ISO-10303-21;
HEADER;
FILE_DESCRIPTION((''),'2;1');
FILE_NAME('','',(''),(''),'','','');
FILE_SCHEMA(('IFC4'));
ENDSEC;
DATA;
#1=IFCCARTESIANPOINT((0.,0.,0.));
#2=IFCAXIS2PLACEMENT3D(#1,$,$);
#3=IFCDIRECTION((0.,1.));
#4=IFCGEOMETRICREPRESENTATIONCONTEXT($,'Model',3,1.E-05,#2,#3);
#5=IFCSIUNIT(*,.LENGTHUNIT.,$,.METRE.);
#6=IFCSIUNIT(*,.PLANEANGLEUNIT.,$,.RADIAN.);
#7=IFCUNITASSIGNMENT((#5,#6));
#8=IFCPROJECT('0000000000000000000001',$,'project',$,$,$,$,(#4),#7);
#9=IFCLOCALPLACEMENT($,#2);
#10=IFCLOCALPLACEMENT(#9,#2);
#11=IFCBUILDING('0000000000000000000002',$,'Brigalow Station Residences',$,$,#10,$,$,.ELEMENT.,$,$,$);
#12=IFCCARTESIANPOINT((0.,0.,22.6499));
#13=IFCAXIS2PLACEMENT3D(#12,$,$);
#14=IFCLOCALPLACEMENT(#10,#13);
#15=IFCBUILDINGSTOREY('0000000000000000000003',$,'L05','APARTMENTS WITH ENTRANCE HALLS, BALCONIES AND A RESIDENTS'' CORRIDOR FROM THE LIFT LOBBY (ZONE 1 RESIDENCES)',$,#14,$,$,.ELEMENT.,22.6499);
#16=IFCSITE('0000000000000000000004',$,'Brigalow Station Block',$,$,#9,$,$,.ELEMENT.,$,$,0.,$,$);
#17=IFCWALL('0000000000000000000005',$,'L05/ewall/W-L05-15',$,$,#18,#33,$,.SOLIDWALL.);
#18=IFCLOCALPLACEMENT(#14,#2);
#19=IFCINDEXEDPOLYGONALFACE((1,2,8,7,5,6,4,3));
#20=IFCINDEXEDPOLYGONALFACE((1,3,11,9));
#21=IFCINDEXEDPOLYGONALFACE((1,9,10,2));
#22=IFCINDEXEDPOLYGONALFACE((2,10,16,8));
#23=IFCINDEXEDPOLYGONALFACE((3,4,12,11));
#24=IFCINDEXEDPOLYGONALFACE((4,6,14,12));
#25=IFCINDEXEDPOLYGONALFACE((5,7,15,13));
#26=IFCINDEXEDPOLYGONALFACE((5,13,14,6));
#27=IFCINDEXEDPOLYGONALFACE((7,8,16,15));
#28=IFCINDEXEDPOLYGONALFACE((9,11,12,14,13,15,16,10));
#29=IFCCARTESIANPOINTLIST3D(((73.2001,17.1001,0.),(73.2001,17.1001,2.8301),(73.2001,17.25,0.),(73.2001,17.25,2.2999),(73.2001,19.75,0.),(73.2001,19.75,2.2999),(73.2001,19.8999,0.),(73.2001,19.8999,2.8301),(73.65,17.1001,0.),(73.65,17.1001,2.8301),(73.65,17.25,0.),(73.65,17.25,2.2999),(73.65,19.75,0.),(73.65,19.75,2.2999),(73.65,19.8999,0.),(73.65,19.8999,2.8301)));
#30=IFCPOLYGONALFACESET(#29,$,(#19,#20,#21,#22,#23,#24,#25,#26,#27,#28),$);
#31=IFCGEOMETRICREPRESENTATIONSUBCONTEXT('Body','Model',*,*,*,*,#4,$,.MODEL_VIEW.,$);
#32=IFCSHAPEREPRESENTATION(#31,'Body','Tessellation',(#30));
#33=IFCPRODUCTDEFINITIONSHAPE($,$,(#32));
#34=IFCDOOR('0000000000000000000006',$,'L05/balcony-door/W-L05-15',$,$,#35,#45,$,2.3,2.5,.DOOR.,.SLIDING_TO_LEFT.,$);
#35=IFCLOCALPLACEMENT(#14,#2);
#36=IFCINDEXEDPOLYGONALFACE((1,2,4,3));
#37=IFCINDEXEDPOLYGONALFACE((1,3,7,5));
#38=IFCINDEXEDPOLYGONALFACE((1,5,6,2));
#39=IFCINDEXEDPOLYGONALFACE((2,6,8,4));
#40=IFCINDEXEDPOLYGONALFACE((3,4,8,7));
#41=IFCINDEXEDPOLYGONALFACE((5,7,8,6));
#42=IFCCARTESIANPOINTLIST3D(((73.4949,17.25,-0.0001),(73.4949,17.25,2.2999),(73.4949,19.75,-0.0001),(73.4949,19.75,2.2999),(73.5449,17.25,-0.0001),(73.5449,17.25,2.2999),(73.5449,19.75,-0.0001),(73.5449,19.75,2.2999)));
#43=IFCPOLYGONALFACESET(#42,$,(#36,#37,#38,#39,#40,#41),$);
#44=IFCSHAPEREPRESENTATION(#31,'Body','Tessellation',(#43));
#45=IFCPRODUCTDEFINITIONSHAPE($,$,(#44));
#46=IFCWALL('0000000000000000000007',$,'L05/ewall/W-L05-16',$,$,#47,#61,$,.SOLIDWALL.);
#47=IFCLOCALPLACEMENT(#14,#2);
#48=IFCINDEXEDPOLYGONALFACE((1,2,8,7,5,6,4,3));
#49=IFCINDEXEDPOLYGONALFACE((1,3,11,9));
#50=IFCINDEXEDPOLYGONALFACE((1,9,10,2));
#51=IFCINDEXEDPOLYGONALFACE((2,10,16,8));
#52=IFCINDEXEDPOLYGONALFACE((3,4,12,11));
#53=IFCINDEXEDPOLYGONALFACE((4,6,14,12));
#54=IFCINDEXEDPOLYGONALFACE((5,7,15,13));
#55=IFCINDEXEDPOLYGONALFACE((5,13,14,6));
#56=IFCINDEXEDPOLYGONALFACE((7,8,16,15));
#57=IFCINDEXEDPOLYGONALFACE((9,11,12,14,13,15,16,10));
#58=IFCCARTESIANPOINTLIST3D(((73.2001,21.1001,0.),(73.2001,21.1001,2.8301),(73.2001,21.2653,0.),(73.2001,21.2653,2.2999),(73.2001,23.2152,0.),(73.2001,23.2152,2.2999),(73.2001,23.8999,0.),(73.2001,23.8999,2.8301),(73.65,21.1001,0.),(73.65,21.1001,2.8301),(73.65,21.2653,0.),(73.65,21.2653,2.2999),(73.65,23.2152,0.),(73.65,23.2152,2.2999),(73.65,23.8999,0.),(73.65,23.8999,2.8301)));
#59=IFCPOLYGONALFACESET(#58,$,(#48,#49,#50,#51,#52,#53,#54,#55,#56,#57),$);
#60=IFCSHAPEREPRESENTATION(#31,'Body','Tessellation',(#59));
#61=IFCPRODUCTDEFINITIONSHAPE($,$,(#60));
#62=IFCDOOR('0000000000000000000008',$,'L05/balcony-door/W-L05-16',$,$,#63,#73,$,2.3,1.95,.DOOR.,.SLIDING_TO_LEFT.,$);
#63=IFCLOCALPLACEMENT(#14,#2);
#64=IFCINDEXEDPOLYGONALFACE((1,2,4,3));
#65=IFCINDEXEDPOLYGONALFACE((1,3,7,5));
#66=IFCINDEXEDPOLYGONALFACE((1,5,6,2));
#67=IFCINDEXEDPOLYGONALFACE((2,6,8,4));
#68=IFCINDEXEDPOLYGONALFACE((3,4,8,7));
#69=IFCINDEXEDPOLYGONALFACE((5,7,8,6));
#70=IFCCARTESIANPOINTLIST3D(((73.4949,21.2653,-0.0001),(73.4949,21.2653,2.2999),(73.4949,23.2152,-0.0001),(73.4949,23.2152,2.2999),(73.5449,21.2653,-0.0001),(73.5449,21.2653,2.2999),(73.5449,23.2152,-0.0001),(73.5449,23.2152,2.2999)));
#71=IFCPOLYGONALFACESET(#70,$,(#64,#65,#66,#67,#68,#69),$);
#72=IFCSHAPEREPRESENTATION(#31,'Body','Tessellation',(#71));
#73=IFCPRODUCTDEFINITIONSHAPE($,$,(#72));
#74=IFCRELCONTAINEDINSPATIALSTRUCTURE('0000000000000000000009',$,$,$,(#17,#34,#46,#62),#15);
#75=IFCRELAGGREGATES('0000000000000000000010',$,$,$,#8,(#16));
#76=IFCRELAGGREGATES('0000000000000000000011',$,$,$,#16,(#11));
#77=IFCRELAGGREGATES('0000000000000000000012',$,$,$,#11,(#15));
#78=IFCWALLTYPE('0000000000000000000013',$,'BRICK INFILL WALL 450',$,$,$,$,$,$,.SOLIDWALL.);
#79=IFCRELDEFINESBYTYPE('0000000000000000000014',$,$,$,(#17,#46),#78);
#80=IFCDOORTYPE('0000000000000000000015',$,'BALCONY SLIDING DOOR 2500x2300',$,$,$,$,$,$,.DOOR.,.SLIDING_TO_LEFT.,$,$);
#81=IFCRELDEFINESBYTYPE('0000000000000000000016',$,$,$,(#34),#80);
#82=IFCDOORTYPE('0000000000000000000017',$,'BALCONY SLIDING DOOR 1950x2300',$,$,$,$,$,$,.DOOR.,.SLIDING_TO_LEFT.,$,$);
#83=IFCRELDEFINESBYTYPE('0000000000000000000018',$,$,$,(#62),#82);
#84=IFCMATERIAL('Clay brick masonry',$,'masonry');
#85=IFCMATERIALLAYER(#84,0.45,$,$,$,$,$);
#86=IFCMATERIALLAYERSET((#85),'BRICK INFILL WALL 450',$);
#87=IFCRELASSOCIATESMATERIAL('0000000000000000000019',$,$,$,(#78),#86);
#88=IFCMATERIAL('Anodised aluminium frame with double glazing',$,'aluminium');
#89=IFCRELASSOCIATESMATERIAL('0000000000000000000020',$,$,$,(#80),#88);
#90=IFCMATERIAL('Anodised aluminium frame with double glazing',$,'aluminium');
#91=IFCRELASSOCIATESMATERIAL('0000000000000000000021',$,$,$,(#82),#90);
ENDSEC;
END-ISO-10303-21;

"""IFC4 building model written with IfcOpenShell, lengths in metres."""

from ifc_helpers import new_model, si_unit, direction, frame, frame_2d, origin, place, context, subcontext, project, spatial, rectangle, extrude, material, layer, layer_set, type_object, element, fill, save


model = new_model("IFC4")

# Units and contexts
model_context = context("Model", 3, precision=1e-05, world=origin(), true_north=direction((0.0, 1.0)))
body_context = subcontext(model_context, "Body", "Model", "MODEL_VIEW")
ifc_project = project(units=[si_unit("LENGTHUNIT", "METRE"), si_unit("PLANEANGLEUNIT", "RADIAN")], contexts=[model_context])

# Site, building, storey
site_placement = place(None, origin())
site = spatial("IfcSite", under=ifc_project, at=site_placement, Name="Brigalow Station Block", CompositionType="ELEMENT", RefElevation=0.0)
building_placement = place(site_placement, origin())
building = spatial("IfcBuilding", under=site, at=building_placement, Name="Brigalow Station Residences", CompositionType="ELEMENT")
storey_placement = place(building_placement, frame((0.0, 0.0, 22.6499)))
storey = spatial("IfcBuildingStorey", under=building, at=storey_placement, Name="L05", Description="APARTMENTS WITH ENTRANCE HALLS, BALCONIES AND A RESIDENTS' CORRIDOR FROM THE LIFT LOBBY (ZONE 1 RESIDENCES)", CompositionType="ELEMENT", Elevation=22.6499)

# Shared definitions
ifc_material_1 = material(Name="Clay brick masonry", Category="masonry")
ifc_layer = layer(ifc_material_1, 0.45)
ifc_layer_set = layer_set([ifc_layer], Name="BRICK INFILL WALL 450")
wall_type = type_object("IfcWallType", Name="BRICK INFILL WALL 450", PredefinedType="SOLIDWALL", material=ifc_layer_set)

# Walls, openings, doors
wall_1_placement = place(storey_placement, frame((73.425, 17.1001, 0.0), z_axis=(0.0, 0.0, 1.0), x_axis=(0.0, 1.0, 0.0)))
wall_1 = element("IfcWall", 1, at=wall_1_placement, inside=storey, type_object=wall_type, Name="L05/ewall/W-L05-15", PredefinedType="SOLIDWALL", context=body_context, shape_type="SweptSolid", body=[
    extrude(rectangle(XDim=2.7998, YDim=0.45, at=frame_2d((1.3999, 0.0))), origin(), (0.0, 0.0, 1.0), 2.8301),
])
opening_1_placement = place(wall_1_placement, frame((0.1499, 0.0, 0.0)))
opening_1 = element("IfcOpeningElement", 2, at=opening_1_placement, cuts=wall_1, PredefinedType="OPENING", context=body_context, shape_type="SweptSolid", body=[
    extrude(rectangle(XDim=2.5, YDim=2.3, at=frame_2d((1.25, 1.1499))), frame((0.0, 0.2349, 0.0), z_axis=(0.0, -1.0, 0.0), x_axis=(1.0, 0.0, 0.0)), (0.0, 0.0, 1.0), 0.47),
])
ifc_material_2 = material(Name="Anodised aluminium frame with double glazing", Category="aluminium")
door_type_1 = type_object("IfcDoorType", Name="BALCONY SLIDING DOOR 2500x2300", OperationType="SLIDING_TO_LEFT", PredefinedType="DOOR", material=ifc_material_2)
door_1_placement = place(opening_1_placement, origin())
door_1 = element("IfcDoor", 3, at=door_1_placement, inside=storey, type_object=door_type_1, Name="L05/balcony-door/W-L05-15", OperationType="SLIDING_TO_LEFT", OverallHeight=2.3, OverallWidth=2.5, PredefinedType="DOOR", context=body_context, shape_type="SweptSolid", body=[
    extrude(rectangle(XDim=2.5, YDim=2.3, at=frame_2d((1.25, 1.1499))), frame((0.0, -0.0698, 0.0), z_axis=(0.0, -1.0, 0.0), x_axis=(1.0, 0.0, 0.0)), (0.0, 0.0, 1.0), 0.05),
])
fill(opening_1, door_1)
wall_2_placement = place(storey_placement, frame((73.425, 21.1001, 0.0), z_axis=(0.0, 0.0, 1.0), x_axis=(0.0, 1.0, 0.0)))
wall_2 = element("IfcWall", 4, at=wall_2_placement, inside=storey, type_object=wall_type, Name="L05/ewall/W-L05-16", PredefinedType="SOLIDWALL", context=body_context, shape_type="SweptSolid", body=[
    extrude(rectangle(XDim=2.7998, YDim=0.45, at=frame_2d((1.3999, 0.0))), origin(), (0.0, 0.0, 1.0), 2.8301),
])
opening_2_placement = place(wall_2_placement, frame((0.165, 0.0, 0.0)))
opening_2 = element("IfcOpeningElement", 5, at=opening_2_placement, cuts=wall_2, PredefinedType="OPENING", context=body_context, shape_type="SweptSolid", body=[
    extrude(rectangle(XDim=1.95, YDim=2.3, at=frame_2d((0.9751, 1.1499))), frame((0.0, 0.2349, 0.0), z_axis=(0.0, -1.0, 0.0), x_axis=(1.0, 0.0, 0.0)), (0.0, 0.0, 1.0), 0.47),
])
ifc_material_3 = material(Name="Anodised aluminium frame with double glazing", Category="aluminium")
door_type_2 = type_object("IfcDoorType", Name="BALCONY SLIDING DOOR 1950x2300", OperationType="SLIDING_TO_LEFT", PredefinedType="DOOR", material=ifc_material_3)
door_2_placement = place(opening_2_placement, origin())
door_2 = element("IfcDoor", 6, at=door_2_placement, inside=storey, type_object=door_type_2, Name="L05/balcony-door/W-L05-16", OperationType="SLIDING_TO_LEFT", OverallHeight=2.3, OverallWidth=1.95, PredefinedType="DOOR", context=body_context, shape_type="SweptSolid", body=[
    extrude(rectangle(XDim=1.95, YDim=2.3, at=frame_2d((0.9751, 1.1499))), frame((0.0, -0.0698, 0.0), z_axis=(0.0, -1.0, 0.0), x_axis=(1.0, 0.0, 0.0)), (0.0, 0.0, 1.0), 0.05),
])
fill(opening_2, door_2)

save(model, "model.ifc")
